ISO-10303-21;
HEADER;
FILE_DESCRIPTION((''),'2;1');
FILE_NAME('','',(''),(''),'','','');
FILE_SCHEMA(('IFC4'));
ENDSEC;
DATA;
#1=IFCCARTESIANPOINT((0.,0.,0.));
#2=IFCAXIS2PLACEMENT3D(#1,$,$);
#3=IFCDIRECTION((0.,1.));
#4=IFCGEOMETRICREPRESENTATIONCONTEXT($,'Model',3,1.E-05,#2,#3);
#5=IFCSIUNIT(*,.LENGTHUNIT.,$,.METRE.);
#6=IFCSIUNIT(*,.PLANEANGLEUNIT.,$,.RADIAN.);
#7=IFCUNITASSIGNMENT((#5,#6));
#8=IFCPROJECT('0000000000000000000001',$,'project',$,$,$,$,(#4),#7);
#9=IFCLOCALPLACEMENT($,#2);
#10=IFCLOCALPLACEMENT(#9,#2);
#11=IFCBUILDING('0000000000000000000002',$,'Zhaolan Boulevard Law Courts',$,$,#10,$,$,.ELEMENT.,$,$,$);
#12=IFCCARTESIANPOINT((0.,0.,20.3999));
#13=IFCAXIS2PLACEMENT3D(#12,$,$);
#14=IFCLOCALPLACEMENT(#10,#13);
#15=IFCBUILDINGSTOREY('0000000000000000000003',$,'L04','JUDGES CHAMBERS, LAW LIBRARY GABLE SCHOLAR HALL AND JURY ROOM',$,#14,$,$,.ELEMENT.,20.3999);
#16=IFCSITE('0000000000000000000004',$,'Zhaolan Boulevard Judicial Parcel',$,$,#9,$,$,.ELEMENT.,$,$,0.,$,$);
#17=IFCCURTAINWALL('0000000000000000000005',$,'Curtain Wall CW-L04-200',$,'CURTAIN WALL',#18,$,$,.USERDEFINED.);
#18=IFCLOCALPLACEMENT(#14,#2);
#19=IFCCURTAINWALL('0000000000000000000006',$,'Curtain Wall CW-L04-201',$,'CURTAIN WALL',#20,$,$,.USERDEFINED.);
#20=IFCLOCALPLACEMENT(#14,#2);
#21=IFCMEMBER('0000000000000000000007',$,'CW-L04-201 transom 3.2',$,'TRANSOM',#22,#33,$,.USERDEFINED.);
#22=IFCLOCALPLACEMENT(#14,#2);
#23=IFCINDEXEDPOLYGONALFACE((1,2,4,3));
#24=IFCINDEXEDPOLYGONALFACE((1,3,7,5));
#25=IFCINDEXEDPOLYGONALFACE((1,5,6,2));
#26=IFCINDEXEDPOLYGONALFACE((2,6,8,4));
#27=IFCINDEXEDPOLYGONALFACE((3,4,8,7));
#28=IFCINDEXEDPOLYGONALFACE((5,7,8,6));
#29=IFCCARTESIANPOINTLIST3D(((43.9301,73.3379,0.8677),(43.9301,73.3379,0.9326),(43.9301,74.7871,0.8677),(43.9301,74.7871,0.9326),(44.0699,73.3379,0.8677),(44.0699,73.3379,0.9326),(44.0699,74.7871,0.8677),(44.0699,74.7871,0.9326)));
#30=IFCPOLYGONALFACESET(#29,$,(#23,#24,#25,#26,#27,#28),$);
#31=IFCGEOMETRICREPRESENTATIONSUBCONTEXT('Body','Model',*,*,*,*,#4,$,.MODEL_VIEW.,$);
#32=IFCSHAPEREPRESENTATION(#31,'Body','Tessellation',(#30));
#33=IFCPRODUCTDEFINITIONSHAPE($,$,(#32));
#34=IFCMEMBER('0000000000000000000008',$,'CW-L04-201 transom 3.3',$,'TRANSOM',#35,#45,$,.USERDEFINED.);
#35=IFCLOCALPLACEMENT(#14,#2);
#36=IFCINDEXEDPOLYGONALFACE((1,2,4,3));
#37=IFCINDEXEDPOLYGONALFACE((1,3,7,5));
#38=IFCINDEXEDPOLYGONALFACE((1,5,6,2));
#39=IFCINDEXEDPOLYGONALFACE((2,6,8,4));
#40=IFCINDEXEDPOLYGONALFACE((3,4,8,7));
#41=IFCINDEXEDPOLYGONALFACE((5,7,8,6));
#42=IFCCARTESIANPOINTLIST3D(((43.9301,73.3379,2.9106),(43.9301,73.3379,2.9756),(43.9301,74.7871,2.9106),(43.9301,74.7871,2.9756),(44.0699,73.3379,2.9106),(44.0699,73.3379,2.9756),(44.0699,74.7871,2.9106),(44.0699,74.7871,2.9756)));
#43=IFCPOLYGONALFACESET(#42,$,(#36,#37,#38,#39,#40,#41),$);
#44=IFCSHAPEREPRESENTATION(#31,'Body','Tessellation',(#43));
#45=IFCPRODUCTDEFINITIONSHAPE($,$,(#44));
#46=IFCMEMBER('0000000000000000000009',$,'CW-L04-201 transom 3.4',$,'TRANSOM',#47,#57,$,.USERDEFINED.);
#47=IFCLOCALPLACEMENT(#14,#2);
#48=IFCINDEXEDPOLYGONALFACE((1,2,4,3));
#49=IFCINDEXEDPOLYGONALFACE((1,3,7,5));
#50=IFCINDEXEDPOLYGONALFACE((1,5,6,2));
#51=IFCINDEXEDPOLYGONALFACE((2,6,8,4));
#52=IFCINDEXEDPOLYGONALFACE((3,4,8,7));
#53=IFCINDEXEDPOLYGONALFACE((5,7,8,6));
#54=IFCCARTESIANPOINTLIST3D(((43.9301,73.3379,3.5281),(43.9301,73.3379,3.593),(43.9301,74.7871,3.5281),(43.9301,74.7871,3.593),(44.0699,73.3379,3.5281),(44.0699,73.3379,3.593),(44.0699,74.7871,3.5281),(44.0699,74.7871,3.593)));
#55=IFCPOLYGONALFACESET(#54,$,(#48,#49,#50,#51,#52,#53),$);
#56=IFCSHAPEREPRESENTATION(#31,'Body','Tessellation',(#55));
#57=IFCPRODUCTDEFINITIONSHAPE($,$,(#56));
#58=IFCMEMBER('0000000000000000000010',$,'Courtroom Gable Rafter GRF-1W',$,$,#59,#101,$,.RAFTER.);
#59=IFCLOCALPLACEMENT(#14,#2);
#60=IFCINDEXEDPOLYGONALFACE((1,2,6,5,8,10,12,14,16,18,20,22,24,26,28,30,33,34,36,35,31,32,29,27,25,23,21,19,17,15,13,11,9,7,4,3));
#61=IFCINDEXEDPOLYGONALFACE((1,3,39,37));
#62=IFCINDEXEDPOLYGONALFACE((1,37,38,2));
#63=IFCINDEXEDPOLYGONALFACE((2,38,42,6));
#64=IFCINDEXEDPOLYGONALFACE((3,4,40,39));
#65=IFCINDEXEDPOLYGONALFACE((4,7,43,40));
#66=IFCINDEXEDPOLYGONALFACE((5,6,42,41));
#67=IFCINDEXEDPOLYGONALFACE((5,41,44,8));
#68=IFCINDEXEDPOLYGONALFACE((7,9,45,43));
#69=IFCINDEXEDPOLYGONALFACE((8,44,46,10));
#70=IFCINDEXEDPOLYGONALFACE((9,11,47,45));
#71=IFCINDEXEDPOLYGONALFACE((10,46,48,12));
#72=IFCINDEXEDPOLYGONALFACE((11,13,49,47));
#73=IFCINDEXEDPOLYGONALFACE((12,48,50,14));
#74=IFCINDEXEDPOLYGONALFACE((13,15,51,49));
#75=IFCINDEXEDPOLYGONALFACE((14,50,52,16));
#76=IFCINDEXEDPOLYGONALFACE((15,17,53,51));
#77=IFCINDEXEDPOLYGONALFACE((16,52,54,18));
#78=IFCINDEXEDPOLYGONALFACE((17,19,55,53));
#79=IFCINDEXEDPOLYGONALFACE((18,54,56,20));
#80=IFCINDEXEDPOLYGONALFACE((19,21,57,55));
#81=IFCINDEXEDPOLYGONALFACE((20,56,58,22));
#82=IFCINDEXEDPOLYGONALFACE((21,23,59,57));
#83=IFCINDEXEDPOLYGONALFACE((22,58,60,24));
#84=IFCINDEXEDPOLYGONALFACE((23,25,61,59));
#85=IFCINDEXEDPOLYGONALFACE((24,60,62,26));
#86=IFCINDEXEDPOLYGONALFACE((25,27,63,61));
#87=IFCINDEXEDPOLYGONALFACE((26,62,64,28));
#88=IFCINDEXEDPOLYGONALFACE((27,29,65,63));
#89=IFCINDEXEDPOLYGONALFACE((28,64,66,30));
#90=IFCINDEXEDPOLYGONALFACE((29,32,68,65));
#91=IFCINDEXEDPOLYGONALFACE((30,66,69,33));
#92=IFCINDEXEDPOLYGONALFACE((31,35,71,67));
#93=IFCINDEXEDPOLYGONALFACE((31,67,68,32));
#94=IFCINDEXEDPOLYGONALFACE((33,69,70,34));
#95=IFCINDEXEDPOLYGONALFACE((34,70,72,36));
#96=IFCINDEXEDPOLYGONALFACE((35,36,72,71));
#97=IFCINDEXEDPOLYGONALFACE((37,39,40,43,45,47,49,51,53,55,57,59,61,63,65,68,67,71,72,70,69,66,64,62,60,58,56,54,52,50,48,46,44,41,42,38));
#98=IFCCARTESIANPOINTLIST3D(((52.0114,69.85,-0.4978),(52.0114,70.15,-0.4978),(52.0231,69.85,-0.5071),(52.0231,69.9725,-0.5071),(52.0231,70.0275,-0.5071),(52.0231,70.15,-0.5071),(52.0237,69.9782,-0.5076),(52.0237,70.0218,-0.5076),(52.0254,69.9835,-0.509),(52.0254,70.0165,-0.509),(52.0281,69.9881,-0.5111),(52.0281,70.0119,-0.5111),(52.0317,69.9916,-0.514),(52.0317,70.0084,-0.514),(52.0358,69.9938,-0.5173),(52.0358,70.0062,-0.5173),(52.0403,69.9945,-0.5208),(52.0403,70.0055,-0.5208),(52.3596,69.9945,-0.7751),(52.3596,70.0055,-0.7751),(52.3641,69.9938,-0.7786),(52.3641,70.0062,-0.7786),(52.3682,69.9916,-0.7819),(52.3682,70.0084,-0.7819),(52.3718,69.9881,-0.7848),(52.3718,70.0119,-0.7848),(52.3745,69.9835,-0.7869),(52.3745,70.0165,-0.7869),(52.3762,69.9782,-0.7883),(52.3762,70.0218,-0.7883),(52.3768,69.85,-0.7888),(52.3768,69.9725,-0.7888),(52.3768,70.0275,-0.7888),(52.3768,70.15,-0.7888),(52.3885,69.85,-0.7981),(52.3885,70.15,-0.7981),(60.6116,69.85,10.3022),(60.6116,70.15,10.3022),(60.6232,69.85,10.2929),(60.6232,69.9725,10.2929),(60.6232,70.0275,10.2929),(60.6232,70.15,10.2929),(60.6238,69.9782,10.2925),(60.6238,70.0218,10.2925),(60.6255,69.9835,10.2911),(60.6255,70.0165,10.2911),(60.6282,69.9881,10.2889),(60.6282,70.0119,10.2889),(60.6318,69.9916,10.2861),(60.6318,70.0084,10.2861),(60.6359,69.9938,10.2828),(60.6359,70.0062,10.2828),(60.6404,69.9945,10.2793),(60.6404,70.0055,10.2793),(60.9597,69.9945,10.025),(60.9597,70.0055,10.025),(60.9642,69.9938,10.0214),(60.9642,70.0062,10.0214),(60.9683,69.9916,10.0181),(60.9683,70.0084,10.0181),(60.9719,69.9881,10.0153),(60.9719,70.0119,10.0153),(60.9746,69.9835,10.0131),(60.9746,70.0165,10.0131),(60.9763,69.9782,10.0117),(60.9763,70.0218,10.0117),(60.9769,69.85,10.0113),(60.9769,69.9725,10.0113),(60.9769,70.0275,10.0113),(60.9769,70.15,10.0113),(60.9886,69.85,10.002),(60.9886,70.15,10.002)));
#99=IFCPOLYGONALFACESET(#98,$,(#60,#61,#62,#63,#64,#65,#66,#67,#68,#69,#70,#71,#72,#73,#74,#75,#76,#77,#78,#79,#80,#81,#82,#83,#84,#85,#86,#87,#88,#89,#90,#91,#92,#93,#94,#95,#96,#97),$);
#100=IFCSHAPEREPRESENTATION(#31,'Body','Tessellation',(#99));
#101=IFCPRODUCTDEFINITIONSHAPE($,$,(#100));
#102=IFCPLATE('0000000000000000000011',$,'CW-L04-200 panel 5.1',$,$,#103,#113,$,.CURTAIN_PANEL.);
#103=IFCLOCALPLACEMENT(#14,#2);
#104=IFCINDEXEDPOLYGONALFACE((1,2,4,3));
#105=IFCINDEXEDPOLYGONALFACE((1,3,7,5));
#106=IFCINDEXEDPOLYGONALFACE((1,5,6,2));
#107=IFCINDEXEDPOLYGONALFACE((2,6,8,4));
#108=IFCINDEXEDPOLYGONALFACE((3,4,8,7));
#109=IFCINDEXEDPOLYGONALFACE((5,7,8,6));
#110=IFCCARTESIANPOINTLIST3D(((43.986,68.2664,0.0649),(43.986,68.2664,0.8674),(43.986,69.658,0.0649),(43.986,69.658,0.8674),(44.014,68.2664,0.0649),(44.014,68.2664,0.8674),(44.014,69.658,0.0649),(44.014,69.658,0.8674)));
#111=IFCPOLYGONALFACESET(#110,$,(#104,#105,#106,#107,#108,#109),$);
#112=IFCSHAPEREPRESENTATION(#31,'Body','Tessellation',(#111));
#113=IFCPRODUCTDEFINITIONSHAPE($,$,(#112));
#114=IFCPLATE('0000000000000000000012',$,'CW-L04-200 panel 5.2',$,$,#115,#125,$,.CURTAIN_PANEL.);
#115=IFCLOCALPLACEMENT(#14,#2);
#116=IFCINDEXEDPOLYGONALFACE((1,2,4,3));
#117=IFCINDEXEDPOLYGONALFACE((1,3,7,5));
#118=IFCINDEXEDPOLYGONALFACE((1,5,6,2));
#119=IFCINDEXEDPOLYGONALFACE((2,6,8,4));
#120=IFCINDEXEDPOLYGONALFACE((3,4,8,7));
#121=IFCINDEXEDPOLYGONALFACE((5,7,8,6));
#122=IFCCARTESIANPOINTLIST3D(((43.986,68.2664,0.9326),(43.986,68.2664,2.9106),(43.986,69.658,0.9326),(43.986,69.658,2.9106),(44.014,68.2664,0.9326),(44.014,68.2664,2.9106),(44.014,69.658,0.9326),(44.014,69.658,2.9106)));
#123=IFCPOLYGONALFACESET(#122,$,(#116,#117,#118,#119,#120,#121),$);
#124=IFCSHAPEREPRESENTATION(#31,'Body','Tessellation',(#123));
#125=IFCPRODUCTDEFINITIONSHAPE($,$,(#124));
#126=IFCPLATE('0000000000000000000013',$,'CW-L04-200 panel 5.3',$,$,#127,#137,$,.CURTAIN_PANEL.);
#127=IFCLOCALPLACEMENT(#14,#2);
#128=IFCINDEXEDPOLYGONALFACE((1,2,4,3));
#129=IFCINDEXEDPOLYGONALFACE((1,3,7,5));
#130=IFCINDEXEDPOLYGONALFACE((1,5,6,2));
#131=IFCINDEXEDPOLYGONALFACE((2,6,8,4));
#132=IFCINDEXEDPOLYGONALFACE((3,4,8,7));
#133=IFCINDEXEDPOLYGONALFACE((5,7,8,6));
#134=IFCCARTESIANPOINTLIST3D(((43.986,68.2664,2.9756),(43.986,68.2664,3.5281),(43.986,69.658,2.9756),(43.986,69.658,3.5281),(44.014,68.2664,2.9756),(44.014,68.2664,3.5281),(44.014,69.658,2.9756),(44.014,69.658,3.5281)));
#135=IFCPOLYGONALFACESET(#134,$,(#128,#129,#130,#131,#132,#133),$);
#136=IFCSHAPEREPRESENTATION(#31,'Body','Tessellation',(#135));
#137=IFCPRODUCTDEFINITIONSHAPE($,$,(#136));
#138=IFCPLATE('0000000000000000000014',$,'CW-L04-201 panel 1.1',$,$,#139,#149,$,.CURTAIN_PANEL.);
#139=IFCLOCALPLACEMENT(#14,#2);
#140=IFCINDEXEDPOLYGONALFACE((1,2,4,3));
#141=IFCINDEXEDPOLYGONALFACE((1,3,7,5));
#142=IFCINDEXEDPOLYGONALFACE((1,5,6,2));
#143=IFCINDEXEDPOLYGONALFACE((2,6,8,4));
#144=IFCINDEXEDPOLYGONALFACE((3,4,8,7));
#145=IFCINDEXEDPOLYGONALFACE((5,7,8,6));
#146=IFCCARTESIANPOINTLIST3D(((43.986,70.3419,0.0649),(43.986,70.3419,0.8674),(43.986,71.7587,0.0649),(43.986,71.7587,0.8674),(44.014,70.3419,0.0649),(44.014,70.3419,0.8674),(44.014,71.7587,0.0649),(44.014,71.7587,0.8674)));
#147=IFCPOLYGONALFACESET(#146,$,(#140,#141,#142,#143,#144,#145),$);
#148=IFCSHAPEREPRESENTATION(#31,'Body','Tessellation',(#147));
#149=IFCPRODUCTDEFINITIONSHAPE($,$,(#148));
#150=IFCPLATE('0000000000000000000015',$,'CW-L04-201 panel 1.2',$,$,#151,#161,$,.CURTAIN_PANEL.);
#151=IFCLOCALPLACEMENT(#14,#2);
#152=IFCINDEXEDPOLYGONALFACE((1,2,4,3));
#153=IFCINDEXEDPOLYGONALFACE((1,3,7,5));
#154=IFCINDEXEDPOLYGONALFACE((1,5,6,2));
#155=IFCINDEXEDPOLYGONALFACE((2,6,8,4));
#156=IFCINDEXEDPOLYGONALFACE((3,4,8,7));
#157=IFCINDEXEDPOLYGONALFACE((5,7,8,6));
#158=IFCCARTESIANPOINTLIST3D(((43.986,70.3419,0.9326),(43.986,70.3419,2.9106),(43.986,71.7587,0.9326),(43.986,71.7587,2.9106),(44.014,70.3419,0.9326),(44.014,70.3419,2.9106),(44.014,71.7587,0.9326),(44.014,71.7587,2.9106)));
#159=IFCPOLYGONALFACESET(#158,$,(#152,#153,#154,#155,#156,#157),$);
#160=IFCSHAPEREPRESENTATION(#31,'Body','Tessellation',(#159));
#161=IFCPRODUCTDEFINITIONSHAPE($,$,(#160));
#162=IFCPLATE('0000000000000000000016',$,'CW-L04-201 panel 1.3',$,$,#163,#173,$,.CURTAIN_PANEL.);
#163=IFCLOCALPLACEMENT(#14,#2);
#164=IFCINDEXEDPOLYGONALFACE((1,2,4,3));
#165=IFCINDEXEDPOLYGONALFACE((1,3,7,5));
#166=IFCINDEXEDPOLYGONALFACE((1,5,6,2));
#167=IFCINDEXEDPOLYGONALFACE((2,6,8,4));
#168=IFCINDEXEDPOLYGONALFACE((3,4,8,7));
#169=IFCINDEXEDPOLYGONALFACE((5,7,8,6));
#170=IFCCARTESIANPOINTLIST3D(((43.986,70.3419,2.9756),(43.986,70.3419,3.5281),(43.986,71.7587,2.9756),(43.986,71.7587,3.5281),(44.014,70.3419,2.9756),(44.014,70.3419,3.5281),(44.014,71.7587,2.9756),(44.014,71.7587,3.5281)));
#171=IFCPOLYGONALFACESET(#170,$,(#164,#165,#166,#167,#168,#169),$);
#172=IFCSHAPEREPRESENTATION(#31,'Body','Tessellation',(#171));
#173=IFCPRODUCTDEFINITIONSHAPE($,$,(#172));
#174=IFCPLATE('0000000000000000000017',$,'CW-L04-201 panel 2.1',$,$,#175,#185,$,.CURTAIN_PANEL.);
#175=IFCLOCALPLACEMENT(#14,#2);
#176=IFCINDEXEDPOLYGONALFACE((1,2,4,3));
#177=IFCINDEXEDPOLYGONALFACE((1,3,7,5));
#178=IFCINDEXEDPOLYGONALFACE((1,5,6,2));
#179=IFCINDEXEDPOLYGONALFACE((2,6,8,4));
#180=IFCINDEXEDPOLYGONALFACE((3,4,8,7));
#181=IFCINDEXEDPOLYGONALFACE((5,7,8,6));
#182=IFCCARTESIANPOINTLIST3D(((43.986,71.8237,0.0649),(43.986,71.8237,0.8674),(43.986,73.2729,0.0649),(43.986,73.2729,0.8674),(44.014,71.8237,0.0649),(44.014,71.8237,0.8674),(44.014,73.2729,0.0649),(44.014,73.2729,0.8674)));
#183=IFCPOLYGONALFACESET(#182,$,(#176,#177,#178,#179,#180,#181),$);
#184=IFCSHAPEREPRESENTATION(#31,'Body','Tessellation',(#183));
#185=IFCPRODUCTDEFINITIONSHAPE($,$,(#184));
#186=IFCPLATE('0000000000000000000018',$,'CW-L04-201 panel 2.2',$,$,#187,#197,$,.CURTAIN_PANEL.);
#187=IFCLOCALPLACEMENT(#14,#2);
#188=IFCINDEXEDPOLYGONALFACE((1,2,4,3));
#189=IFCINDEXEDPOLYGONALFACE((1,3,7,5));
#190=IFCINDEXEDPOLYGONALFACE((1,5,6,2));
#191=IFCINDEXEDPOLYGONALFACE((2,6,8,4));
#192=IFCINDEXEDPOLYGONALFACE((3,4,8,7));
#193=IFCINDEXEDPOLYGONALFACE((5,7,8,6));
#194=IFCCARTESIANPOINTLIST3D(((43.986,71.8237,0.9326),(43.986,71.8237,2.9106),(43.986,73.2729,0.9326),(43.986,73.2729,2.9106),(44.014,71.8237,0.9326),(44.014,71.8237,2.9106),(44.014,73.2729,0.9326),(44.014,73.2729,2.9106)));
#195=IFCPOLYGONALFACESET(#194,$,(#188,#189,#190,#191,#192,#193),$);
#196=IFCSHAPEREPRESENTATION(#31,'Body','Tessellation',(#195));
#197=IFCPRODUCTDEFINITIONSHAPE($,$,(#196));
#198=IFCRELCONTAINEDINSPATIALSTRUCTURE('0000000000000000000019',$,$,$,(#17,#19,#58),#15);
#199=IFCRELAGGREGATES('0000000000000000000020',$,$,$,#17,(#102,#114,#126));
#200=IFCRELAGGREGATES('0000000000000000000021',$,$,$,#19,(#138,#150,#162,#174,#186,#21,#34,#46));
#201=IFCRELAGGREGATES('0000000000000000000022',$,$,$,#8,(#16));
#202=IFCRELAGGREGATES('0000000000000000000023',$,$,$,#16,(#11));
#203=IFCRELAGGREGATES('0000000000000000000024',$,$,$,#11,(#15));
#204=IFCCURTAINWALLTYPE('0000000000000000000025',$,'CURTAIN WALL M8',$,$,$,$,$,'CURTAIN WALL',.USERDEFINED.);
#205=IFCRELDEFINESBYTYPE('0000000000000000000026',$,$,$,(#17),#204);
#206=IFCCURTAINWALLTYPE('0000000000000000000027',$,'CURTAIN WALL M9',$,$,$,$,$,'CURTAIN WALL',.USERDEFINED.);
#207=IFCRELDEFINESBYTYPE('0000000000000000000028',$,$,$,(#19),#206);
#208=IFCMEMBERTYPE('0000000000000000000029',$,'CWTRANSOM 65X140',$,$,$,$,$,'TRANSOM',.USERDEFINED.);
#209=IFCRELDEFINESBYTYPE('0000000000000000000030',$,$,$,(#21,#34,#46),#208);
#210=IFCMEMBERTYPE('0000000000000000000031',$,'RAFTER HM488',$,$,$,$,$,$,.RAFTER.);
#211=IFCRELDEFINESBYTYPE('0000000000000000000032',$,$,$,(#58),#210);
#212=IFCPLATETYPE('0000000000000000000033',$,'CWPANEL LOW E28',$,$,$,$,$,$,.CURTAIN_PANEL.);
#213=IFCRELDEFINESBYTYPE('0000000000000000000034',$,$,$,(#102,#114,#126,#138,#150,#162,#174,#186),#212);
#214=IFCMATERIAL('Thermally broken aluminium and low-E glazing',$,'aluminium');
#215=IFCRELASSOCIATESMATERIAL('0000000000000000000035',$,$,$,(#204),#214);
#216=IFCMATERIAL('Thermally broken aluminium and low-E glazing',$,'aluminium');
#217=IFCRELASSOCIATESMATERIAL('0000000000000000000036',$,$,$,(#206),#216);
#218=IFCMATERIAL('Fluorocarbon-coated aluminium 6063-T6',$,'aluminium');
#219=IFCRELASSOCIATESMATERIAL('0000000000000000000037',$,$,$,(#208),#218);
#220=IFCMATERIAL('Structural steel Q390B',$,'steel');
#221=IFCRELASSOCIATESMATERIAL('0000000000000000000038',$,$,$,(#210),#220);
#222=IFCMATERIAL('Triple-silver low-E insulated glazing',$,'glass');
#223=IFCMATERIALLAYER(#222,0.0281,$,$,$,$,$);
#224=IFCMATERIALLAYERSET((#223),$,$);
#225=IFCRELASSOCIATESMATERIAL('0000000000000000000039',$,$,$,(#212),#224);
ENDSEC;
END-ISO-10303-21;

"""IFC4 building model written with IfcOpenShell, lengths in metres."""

from ifc_helpers import new_model, si_unit, direction, frame, origin, origin_2d, place, context, subcontext, project, spatial, rectangle, i_section, extrude, material, layer, layer_set, material_profile, profile_set, type_object, element, aggregate, save


model = new_model("IFC4")

# Units and contexts
model_context = context("Model", 3, precision=1e-05, world=origin(), true_north=direction((0.0, 1.0)))
body_context = subcontext(model_context, "Body", "Model", "MODEL_VIEW")
ifc_project = project(units=[si_unit("LENGTHUNIT", "METRE"), si_unit("PLANEANGLEUNIT", "RADIAN")], contexts=[model_context])

# Site, building, storey
site_placement = place(None, origin())
site = spatial("IfcSite", under=ifc_project, at=site_placement, Name="Zhaolan Boulevard Judicial Parcel", CompositionType="ELEMENT", RefElevation=0.0)
building_placement = place(site_placement, origin())
building = spatial("IfcBuilding", under=site, at=building_placement, Name="Zhaolan Boulevard Law Courts", CompositionType="ELEMENT")
storey_placement = place(building_placement, frame((0.0, 0.0, 20.3999)))
storey = spatial("IfcBuildingStorey", under=building, at=storey_placement, Name="L04", Description="JUDGES CHAMBERS, LAW LIBRARY GABLE SCHOLAR HALL AND JURY ROOM", CompositionType="ELEMENT", Elevation=20.3999)

# Curtain wall
ifc_material_1 = material(Name="Thermally broken aluminium and low-E glazing", Category="aluminium")
curtain_wall_type_1 = type_object("IfcCurtainWallType", Name="CURTAIN WALL M8", ElementType="CURTAIN WALL", PredefinedType="USERDEFINED", material=ifc_material_1)
curtain_wall_1_placement = place(storey_placement, origin())
curtain_wall_1 = element("IfcCurtainWall", 1, at=curtain_wall_1_placement, inside=storey, type_object=curtain_wall_type_1, Name="Curtain Wall CW-L04-200", ObjectType="CURTAIN WALL", PredefinedType="USERDEFINED")

# Curtain wall
ifc_material_2 = material(Name="Thermally broken aluminium and low-E glazing", Category="aluminium")
curtain_wall_type_2 = type_object("IfcCurtainWallType", Name="CURTAIN WALL M9", ElementType="CURTAIN WALL", PredefinedType="USERDEFINED", material=ifc_material_2)
curtain_wall_2_placement = place(storey_placement, origin())
curtain_wall_2 = element("IfcCurtainWall", 2, at=curtain_wall_2_placement, inside=storey, type_object=curtain_wall_type_2, Name="Curtain Wall CW-L04-201", ObjectType="CURTAIN WALL", PredefinedType="USERDEFINED")

# Members
ifc_material_3 = material(Name="Fluorocarbon-coated aluminium 6063-T6", Category="aluminium")
ifc_material_profile_1 = material_profile(ifc_material_3, rectangle(XDim=0.1399, YDim=0.0649, at=origin_2d()), Name="AL65x140")
ifc_profile_set_1 = profile_set([ifc_material_profile_1], Name="Fluorocarbon-coated aluminium 6063-T6")
member_type_1 = type_object("IfcMemberType", Name="CWTRANSOM 65X140", ElementType="TRANSOM", PredefinedType="USERDEFINED", material=ifc_profile_set_1)
member_1_placement = place(storey_placement, frame((44.0, 73.3379, 0.9001), z_axis=(0.0, 1.0, 0.0), x_axis=(-1.0, 0.0, 0.0)))
member_1 = element("IfcMember", 3, at=member_1_placement, type_object=member_type_1, Name="CW-L04-201 transom 3.2", ObjectType="TRANSOM", PredefinedType="USERDEFINED", context=body_context, shape_type="SweptSolid", body=[
    extrude(rectangle(XDim=0.1399, YDim=0.0649, at=origin_2d()), origin(), (0.0, 0.0, 1.0), 1.4492),
])
member_2_placement = place(storey_placement, frame((44.0, 73.3379, 2.9431), z_axis=(0.0, 1.0, 0.0), x_axis=(-1.0, 0.0, 0.0)))
member_2 = element("IfcMember", 4, at=member_2_placement, type_object=member_type_1, Name="CW-L04-201 transom 3.3", ObjectType="TRANSOM", PredefinedType="USERDEFINED", context=body_context, shape_type="SweptSolid", body=[
    extrude(rectangle(XDim=0.1399, YDim=0.0649, at=origin_2d()), origin(), (0.0, 0.0, 1.0), 1.4492),
])
member_3_placement = place(storey_placement, frame((44.0, 73.3379, 3.5605), z_axis=(0.0, 1.0, 0.0), x_axis=(-1.0, 0.0, 0.0)))
member_3 = element("IfcMember", 5, at=member_3_placement, type_object=member_type_1, Name="CW-L04-201 transom 3.4", ObjectType="TRANSOM", PredefinedType="USERDEFINED", context=body_context, shape_type="SweptSolid", body=[
    extrude(rectangle(XDim=0.1399, YDim=0.0649, at=origin_2d()), origin(), (0.0, 0.0, 1.0), 1.4492),
])
ifc_material_4 = material(Name="Structural steel Q390B", Category="steel")
ifc_material_profile_2 = material_profile(ifc_material_4, i_section(OverallWidth=0.3, OverallDepth=0.4819, WebThickness=0.011, FlangeThickness=0.0149, FilletRadius=0.022, at=origin_2d()), Name="HM482x300")
ifc_profile_set_2 = profile_set([ifc_material_profile_2], Name="Structural steel Q390B")
member_type_2 = type_object("IfcMemberType", Name="RAFTER HM488", PredefinedType="RAFTER", material=ifc_profile_set_2)
member_4_placement = place(storey_placement, frame((52.2, 70.0, -0.6479), z_axis=(0.622929, 0.0, 0.782278), x_axis=(0.0, 1.0, 0.0)))
element("IfcMember", 6, at=member_4_placement, inside=storey, type_object=member_type_2, Name="Courtroom Gable Rafter GRF-1W", PredefinedType="RAFTER", context=body_context, shape_type="SweptSolid", body=[
    extrude(i_section(OverallWidth=0.3, OverallDepth=0.4819, WebThickness=0.011, FlangeThickness=0.0149, FilletRadius=0.022, at=origin_2d()), origin(), (0.0, 0.0, 1.0), 13.8059),
])

# Plates
ifc_material_5 = material(Name="Triple-silver low-E insulated glazing", Category="glass")
ifc_layer_1 = layer(ifc_material_5, 0.0281)
ifc_layer_set_1 = layer_set([ifc_layer_1])
plate_type = type_object("IfcPlateType", Name="CWPANEL LOW E28", PredefinedType="CURTAIN_PANEL", material=ifc_layer_set_1)
plate_1_placement = place(storey_placement, frame((44.0, 68.9622, 0.0649), z_axis=(0.0, 0.0, 1.0), x_axis=(0.0, 1.0, 0.0)))
plate_1 = element("IfcPlate", 7, at=plate_1_placement, type_object=plate_type, Name="CW-L04-200 panel 5.1", PredefinedType="CURTAIN_PANEL", context=body_context, shape_type="SweptSolid", body=[
    extrude(rectangle(XDim=1.3916, YDim=0.0281, at=origin_2d()), origin(), (0.0, 0.0, 1.0), 0.8025),
])
plate_2_placement = place(storey_placement, frame((44.0, 68.9622, 0.9326), z_axis=(0.0, 0.0, 1.0), x_axis=(0.0, 1.0, 0.0)))
plate_2 = element("IfcPlate", 8, at=plate_2_placement, type_object=plate_type, Name="CW-L04-200 panel 5.2", PredefinedType="CURTAIN_PANEL", context=body_context, shape_type="SweptSolid", body=[
    extrude(rectangle(XDim=1.3916, YDim=0.0281, at=origin_2d()), origin(), (0.0, 0.0, 1.0), 1.978),
])
plate_3_placement = place(storey_placement, frame((44.0, 68.9622, 2.9756), z_axis=(0.0, 0.0, 1.0), x_axis=(0.0, 1.0, 0.0)))
plate_3 = element("IfcPlate", 9, at=plate_3_placement, type_object=plate_type, Name="CW-L04-200 panel 5.3", PredefinedType="CURTAIN_PANEL", context=body_context, shape_type="SweptSolid", body=[
    extrude(rectangle(XDim=1.3916, YDim=0.0281, at=origin_2d()), origin(), (0.0, 0.0, 1.0), 0.5525),
])
aggregate(curtain_wall_1, [plate_1, plate_2, plate_3])
plate_4_placement = place(storey_placement, frame((44.0, 71.0503, 0.0649), z_axis=(0.0, 0.0, 1.0), x_axis=(0.0, 1.0, 0.0)))
plate_4 = element("IfcPlate", 10, at=plate_4_placement, type_object=plate_type, Name="CW-L04-201 panel 1.1", PredefinedType="CURTAIN_PANEL", context=body_context, shape_type="SweptSolid", body=[
    extrude(rectangle(XDim=1.4167, YDim=0.0281, at=origin_2d()), origin(), (0.0, 0.0, 1.0), 0.8025),
])
plate_5_placement = place(storey_placement, frame((44.0, 71.0503, 0.9326), z_axis=(0.0, 0.0, 1.0), x_axis=(0.0, 1.0, 0.0)))
plate_5 = element("IfcPlate", 11, at=plate_5_placement, type_object=plate_type, Name="CW-L04-201 panel 1.2", PredefinedType="CURTAIN_PANEL", context=body_context, shape_type="SweptSolid", body=[
    extrude(rectangle(XDim=1.4167, YDim=0.0281, at=origin_2d()), origin(), (0.0, 0.0, 1.0), 1.978),
])
plate_6_placement = place(storey_placement, frame((44.0, 71.0503, 2.9756), z_axis=(0.0, 0.0, 1.0), x_axis=(0.0, 1.0, 0.0)))
plate_6 = element("IfcPlate", 12, at=plate_6_placement, type_object=plate_type, Name="CW-L04-201 panel 1.3", PredefinedType="CURTAIN_PANEL", context=body_context, shape_type="SweptSolid", body=[
    extrude(rectangle(XDim=1.4167, YDim=0.0281, at=origin_2d()), origin(), (0.0, 0.0, 1.0), 0.5525),
])
plate_7_placement = place(storey_placement, frame((44.0, 72.5483, 0.0649), z_axis=(0.0, 0.0, 1.0), x_axis=(0.0, 1.0, 0.0)))
plate_7 = element("IfcPlate", 13, at=plate_7_placement, type_object=plate_type, Name="CW-L04-201 panel 2.1", PredefinedType="CURTAIN_PANEL", context=body_context, shape_type="SweptSolid", body=[
    extrude(rectangle(XDim=1.4492, YDim=0.0281, at=origin_2d()), origin(), (0.0, 0.0, 1.0), 0.8025),
])
plate_8_placement = place(storey_placement, frame((44.0, 72.5483, 0.9326), z_axis=(0.0, 0.0, 1.0), x_axis=(0.0, 1.0, 0.0)))
plate_8 = element("IfcPlate", 14, at=plate_8_placement, type_object=plate_type, Name="CW-L04-201 panel 2.2", PredefinedType="CURTAIN_PANEL", context=body_context, shape_type="SweptSolid", body=[
    extrude(rectangle(XDim=1.4492, YDim=0.0281, at=origin_2d()), origin(), (0.0, 0.0, 1.0), 1.978),
])
aggregate(curtain_wall_2, [plate_4, plate_5, plate_6, plate_7, plate_8, member_1, member_2, member_3])

save(model, "model.ifc")
